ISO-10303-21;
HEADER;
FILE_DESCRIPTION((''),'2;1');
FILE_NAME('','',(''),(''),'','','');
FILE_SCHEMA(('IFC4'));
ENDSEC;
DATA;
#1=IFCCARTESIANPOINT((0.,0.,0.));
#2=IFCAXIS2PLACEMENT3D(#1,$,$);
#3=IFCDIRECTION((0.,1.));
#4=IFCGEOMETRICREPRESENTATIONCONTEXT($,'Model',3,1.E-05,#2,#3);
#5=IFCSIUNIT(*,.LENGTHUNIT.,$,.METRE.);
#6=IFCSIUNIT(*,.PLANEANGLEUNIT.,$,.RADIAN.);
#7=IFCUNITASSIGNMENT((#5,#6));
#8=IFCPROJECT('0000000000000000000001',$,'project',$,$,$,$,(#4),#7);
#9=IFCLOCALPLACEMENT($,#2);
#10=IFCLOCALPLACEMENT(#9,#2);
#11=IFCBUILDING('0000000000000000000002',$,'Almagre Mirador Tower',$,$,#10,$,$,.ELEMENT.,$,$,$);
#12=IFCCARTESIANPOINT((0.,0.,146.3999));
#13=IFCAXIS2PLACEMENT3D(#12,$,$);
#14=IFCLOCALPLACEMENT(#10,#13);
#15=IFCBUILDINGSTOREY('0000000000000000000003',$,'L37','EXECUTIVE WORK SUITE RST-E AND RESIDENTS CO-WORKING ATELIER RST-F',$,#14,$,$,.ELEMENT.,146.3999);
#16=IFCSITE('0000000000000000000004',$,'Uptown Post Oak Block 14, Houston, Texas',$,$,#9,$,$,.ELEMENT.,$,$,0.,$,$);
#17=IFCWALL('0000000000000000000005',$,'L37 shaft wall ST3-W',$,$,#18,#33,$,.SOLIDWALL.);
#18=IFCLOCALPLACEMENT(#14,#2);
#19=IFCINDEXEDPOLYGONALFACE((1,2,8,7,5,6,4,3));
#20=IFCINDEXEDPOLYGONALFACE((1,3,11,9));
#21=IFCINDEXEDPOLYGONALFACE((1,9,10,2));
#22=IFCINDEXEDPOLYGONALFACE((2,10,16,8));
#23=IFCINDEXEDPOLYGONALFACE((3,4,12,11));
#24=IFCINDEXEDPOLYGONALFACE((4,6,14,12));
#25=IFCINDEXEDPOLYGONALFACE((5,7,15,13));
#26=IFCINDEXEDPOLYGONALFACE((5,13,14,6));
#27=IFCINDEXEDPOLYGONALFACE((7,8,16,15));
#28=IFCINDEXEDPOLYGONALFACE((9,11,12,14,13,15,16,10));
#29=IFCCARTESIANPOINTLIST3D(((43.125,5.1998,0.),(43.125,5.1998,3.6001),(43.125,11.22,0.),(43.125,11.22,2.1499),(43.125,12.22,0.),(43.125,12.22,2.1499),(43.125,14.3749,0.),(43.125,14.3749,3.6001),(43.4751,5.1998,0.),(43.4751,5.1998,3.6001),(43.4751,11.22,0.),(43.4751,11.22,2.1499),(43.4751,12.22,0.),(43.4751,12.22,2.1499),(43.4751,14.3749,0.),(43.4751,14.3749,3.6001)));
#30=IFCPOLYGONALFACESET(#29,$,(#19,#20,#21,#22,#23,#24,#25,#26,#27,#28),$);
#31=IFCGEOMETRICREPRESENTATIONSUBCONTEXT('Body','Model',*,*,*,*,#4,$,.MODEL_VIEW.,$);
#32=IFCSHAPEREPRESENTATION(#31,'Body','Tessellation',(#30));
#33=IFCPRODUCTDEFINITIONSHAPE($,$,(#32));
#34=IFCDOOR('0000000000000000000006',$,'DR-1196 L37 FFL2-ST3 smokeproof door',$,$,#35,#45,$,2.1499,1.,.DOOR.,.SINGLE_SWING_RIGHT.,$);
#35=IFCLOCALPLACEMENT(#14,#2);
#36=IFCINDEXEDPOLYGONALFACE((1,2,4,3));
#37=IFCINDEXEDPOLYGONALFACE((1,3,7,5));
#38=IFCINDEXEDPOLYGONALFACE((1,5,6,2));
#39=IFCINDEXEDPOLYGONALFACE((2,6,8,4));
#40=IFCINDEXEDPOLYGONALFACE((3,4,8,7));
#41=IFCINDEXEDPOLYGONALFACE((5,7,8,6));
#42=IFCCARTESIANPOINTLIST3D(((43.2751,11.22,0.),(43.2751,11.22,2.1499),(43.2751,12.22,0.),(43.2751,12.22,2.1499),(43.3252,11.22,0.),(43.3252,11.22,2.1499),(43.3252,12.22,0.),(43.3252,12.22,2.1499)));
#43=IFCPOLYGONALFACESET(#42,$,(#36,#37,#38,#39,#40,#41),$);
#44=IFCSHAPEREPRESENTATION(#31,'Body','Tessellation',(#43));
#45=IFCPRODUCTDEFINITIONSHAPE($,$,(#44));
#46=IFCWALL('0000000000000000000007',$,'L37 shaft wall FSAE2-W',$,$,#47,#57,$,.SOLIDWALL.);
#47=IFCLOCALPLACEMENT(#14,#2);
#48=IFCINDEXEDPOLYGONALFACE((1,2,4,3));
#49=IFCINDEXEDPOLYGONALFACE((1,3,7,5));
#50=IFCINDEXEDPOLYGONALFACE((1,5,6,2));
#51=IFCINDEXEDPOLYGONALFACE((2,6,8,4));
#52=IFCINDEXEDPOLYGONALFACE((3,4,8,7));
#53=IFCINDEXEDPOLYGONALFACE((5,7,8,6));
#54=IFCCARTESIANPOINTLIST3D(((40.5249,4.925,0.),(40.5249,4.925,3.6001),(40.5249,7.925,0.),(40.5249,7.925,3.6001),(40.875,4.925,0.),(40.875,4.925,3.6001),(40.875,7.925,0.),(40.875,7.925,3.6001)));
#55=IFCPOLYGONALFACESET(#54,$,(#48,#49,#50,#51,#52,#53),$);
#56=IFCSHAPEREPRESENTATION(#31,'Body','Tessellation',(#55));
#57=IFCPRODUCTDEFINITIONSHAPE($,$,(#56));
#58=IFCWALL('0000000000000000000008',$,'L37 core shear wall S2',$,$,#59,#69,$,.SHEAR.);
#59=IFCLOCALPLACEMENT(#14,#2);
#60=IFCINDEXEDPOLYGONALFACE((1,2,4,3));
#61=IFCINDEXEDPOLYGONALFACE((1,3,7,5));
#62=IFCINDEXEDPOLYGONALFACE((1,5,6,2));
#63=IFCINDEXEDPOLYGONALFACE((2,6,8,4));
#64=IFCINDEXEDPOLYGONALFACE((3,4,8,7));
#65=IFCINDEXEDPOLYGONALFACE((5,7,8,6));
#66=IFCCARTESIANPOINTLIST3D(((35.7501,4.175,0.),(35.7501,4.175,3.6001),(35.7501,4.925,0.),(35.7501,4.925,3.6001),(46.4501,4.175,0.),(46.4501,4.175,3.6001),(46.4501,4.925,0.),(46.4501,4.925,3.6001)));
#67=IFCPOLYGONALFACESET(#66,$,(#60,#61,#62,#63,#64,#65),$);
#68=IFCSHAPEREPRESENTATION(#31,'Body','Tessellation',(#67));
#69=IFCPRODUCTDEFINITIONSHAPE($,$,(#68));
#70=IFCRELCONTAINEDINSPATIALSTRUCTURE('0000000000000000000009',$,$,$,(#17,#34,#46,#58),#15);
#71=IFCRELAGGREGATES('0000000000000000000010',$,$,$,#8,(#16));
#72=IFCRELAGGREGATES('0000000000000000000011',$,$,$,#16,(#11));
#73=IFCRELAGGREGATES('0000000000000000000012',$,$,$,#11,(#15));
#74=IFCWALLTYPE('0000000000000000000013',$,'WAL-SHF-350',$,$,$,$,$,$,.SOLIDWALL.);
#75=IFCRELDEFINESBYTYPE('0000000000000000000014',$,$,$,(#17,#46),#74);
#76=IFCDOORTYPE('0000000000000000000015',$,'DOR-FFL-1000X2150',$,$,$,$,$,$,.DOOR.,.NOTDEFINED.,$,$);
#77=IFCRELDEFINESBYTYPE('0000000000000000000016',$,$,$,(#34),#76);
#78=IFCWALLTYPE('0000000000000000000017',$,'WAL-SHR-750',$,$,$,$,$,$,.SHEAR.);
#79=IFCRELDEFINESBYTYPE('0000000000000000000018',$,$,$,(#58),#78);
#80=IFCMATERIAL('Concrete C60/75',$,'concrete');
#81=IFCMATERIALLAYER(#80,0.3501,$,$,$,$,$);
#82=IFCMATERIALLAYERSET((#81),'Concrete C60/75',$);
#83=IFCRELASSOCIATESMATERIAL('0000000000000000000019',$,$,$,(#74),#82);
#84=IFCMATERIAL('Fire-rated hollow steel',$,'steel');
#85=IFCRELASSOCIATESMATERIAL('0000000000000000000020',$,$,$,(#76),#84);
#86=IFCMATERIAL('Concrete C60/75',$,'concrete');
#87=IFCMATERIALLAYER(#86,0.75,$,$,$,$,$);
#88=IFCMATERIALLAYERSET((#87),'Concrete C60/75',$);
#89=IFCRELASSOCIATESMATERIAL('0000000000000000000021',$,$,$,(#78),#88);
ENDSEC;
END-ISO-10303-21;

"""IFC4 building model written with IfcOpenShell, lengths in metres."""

from ifc_helpers import new_model, si_unit, direction, frame, frame_2d, origin, place, context, subcontext, project, spatial, rectangle, extrude, material, layer, layer_set, type_object, element, fill, save


model = new_model("IFC4")

# Units and contexts
model_context = context("Model", 3, precision=1e-05, world=origin(), true_north=direction((0.0, 1.0)))
body_context = subcontext(model_context, "Body", "Model", "MODEL_VIEW")
ifc_project = project(units=[si_unit("LENGTHUNIT", "METRE"), si_unit("PLANEANGLEUNIT", "RADIAN")], contexts=[model_context])

# Site, building, storey
site_placement = place(None, origin())
site = spatial("IfcSite", under=ifc_project, at=site_placement, Name="Uptown Post Oak Block 14, Houston, Texas", CompositionType="ELEMENT", RefElevation=0.0)
building_placement = place(site_placement, origin())
building = spatial("IfcBuilding", under=site, at=building_placement, Name="Almagre Mirador Tower", CompositionType="ELEMENT")
storey_placement = place(building_placement, frame((0.0, 0.0, 146.3999)))
storey = spatial("IfcBuildingStorey", under=building, at=storey_placement, Name="L37", Description="EXECUTIVE WORK SUITE RST-E AND RESIDENTS CO-WORKING ATELIER RST-F", CompositionType="ELEMENT", Elevation=146.3999)

# Wall, opening, door
ifc_material_1 = material(Name="Concrete C60/75", Category="concrete")
ifc_layer_1 = layer(ifc_material_1, 0.3501)
ifc_layer_set_1 = layer_set([ifc_layer_1], Name="Concrete C60/75")
wall_type_1 = type_object("IfcWallType", Name="WAL-SHF-350", PredefinedType="SOLIDWALL", material=ifc_layer_set_1)
ifc_material_2 = material(Name="Fire-rated hollow steel", Category="steel")
door_type = type_object("IfcDoorType", Name="DOR-FFL-1000X2150", OperationType="NOTDEFINED", PredefinedType="DOOR", material=ifc_material_2)
wall_1_placement = place(storey_placement, frame((43.3, 5.2, 0.0), z_axis=(0.0, 0.0, 1.0), x_axis=(0.0, 1.0, 0.0)))
wall_1 = element("IfcWall", 1, at=wall_1_placement, inside=storey, type_object=wall_type_1, Name="L37 shaft wall ST3-W", PredefinedType="SOLIDWALL", context=body_context, shape_type="SweptSolid", body=[
    extrude(rectangle(XDim=9.175, YDim=0.3501, at=frame_2d((4.5874, 0.0))), origin(), (0.0, 0.0, 1.0), 3.6001),
])
opening_1_placement = place(wall_1_placement, frame((6.02, 0.0, 0.0)))
opening_1 = element("IfcOpeningElement", 2, at=opening_1_placement, cuts=wall_1, PredefinedType="OPENING", context=body_context, shape_type="SweptSolid", body=[
    extrude(rectangle(XDim=1.0, YDim=2.1499, at=frame_2d((0.5, 1.075))), frame((0.0, 0.185, 0.0), z_axis=(0.0, -1.0, 0.0), x_axis=(1.0, 0.0, 0.0)), (0.0, 0.0, 1.0), 0.3701),
])
door_1_placement = place(opening_1_placement, origin())
door_1 = element("IfcDoor", 3, at=door_1_placement, inside=storey, type_object=door_type, Name="DR-1196 L37 FFL2-ST3 smokeproof door", OperationType="SINGLE_SWING_RIGHT", OverallHeight=2.1499, OverallWidth=1.0, PredefinedType="DOOR", context=body_context, shape_type="SweptSolid", body=[
    extrude(rectangle(XDim=1.0, YDim=2.1499, at=frame_2d((0.5, 1.075))), frame((0.0, 0.0249, 0.0), z_axis=(0.0, -1.0, 0.0), x_axis=(1.0, 0.0, 0.0)), (0.0, 0.0, 1.0), 0.05),
])
fill(opening_1, door_1)

# Walls
wall_2_placement = place(storey_placement, frame((40.7, 4.925, 0.0), z_axis=(0.0, 0.0, 1.0), x_axis=(0.0, 1.0, 0.0)))
element("IfcWall", 4, at=wall_2_placement, inside=storey, type_object=wall_type_1, Name="L37 shaft wall FSAE2-W", PredefinedType="SOLIDWALL", context=body_context, shape_type="SweptSolid", body=[
    extrude(rectangle(XDim=3.0, YDim=0.3501, at=frame_2d((1.5, 0.0))), origin(), (0.0, 0.0, 1.0), 3.6001),
])
ifc_material_3 = material(Name="Concrete C60/75", Category="concrete")
ifc_layer_2 = layer(ifc_material_3, 0.75)
ifc_layer_set_2 = layer_set([ifc_layer_2], Name="Concrete C60/75")
wall_type_2 = type_object("IfcWallType", Name="WAL-SHR-750", PredefinedType="SHEAR", material=ifc_layer_set_2)
wall_3_placement = place(storey_placement, frame((35.75, 4.55, 0.0), z_axis=(0.0, 0.0, 1.0), x_axis=(1.0, 0.0, 0.0)))
element("IfcWall", 5, at=wall_3_placement, inside=storey, type_object=wall_type_2, Name="L37 core shear wall S2", PredefinedType="SHEAR", context=body_context, shape_type="SweptSolid", body=[
    extrude(rectangle(XDim=10.7, YDim=0.75, at=frame_2d((5.3501, 0.0))), origin(), (0.0, 0.0, 1.0), 3.6001),
])

save(model, "model.ifc")
